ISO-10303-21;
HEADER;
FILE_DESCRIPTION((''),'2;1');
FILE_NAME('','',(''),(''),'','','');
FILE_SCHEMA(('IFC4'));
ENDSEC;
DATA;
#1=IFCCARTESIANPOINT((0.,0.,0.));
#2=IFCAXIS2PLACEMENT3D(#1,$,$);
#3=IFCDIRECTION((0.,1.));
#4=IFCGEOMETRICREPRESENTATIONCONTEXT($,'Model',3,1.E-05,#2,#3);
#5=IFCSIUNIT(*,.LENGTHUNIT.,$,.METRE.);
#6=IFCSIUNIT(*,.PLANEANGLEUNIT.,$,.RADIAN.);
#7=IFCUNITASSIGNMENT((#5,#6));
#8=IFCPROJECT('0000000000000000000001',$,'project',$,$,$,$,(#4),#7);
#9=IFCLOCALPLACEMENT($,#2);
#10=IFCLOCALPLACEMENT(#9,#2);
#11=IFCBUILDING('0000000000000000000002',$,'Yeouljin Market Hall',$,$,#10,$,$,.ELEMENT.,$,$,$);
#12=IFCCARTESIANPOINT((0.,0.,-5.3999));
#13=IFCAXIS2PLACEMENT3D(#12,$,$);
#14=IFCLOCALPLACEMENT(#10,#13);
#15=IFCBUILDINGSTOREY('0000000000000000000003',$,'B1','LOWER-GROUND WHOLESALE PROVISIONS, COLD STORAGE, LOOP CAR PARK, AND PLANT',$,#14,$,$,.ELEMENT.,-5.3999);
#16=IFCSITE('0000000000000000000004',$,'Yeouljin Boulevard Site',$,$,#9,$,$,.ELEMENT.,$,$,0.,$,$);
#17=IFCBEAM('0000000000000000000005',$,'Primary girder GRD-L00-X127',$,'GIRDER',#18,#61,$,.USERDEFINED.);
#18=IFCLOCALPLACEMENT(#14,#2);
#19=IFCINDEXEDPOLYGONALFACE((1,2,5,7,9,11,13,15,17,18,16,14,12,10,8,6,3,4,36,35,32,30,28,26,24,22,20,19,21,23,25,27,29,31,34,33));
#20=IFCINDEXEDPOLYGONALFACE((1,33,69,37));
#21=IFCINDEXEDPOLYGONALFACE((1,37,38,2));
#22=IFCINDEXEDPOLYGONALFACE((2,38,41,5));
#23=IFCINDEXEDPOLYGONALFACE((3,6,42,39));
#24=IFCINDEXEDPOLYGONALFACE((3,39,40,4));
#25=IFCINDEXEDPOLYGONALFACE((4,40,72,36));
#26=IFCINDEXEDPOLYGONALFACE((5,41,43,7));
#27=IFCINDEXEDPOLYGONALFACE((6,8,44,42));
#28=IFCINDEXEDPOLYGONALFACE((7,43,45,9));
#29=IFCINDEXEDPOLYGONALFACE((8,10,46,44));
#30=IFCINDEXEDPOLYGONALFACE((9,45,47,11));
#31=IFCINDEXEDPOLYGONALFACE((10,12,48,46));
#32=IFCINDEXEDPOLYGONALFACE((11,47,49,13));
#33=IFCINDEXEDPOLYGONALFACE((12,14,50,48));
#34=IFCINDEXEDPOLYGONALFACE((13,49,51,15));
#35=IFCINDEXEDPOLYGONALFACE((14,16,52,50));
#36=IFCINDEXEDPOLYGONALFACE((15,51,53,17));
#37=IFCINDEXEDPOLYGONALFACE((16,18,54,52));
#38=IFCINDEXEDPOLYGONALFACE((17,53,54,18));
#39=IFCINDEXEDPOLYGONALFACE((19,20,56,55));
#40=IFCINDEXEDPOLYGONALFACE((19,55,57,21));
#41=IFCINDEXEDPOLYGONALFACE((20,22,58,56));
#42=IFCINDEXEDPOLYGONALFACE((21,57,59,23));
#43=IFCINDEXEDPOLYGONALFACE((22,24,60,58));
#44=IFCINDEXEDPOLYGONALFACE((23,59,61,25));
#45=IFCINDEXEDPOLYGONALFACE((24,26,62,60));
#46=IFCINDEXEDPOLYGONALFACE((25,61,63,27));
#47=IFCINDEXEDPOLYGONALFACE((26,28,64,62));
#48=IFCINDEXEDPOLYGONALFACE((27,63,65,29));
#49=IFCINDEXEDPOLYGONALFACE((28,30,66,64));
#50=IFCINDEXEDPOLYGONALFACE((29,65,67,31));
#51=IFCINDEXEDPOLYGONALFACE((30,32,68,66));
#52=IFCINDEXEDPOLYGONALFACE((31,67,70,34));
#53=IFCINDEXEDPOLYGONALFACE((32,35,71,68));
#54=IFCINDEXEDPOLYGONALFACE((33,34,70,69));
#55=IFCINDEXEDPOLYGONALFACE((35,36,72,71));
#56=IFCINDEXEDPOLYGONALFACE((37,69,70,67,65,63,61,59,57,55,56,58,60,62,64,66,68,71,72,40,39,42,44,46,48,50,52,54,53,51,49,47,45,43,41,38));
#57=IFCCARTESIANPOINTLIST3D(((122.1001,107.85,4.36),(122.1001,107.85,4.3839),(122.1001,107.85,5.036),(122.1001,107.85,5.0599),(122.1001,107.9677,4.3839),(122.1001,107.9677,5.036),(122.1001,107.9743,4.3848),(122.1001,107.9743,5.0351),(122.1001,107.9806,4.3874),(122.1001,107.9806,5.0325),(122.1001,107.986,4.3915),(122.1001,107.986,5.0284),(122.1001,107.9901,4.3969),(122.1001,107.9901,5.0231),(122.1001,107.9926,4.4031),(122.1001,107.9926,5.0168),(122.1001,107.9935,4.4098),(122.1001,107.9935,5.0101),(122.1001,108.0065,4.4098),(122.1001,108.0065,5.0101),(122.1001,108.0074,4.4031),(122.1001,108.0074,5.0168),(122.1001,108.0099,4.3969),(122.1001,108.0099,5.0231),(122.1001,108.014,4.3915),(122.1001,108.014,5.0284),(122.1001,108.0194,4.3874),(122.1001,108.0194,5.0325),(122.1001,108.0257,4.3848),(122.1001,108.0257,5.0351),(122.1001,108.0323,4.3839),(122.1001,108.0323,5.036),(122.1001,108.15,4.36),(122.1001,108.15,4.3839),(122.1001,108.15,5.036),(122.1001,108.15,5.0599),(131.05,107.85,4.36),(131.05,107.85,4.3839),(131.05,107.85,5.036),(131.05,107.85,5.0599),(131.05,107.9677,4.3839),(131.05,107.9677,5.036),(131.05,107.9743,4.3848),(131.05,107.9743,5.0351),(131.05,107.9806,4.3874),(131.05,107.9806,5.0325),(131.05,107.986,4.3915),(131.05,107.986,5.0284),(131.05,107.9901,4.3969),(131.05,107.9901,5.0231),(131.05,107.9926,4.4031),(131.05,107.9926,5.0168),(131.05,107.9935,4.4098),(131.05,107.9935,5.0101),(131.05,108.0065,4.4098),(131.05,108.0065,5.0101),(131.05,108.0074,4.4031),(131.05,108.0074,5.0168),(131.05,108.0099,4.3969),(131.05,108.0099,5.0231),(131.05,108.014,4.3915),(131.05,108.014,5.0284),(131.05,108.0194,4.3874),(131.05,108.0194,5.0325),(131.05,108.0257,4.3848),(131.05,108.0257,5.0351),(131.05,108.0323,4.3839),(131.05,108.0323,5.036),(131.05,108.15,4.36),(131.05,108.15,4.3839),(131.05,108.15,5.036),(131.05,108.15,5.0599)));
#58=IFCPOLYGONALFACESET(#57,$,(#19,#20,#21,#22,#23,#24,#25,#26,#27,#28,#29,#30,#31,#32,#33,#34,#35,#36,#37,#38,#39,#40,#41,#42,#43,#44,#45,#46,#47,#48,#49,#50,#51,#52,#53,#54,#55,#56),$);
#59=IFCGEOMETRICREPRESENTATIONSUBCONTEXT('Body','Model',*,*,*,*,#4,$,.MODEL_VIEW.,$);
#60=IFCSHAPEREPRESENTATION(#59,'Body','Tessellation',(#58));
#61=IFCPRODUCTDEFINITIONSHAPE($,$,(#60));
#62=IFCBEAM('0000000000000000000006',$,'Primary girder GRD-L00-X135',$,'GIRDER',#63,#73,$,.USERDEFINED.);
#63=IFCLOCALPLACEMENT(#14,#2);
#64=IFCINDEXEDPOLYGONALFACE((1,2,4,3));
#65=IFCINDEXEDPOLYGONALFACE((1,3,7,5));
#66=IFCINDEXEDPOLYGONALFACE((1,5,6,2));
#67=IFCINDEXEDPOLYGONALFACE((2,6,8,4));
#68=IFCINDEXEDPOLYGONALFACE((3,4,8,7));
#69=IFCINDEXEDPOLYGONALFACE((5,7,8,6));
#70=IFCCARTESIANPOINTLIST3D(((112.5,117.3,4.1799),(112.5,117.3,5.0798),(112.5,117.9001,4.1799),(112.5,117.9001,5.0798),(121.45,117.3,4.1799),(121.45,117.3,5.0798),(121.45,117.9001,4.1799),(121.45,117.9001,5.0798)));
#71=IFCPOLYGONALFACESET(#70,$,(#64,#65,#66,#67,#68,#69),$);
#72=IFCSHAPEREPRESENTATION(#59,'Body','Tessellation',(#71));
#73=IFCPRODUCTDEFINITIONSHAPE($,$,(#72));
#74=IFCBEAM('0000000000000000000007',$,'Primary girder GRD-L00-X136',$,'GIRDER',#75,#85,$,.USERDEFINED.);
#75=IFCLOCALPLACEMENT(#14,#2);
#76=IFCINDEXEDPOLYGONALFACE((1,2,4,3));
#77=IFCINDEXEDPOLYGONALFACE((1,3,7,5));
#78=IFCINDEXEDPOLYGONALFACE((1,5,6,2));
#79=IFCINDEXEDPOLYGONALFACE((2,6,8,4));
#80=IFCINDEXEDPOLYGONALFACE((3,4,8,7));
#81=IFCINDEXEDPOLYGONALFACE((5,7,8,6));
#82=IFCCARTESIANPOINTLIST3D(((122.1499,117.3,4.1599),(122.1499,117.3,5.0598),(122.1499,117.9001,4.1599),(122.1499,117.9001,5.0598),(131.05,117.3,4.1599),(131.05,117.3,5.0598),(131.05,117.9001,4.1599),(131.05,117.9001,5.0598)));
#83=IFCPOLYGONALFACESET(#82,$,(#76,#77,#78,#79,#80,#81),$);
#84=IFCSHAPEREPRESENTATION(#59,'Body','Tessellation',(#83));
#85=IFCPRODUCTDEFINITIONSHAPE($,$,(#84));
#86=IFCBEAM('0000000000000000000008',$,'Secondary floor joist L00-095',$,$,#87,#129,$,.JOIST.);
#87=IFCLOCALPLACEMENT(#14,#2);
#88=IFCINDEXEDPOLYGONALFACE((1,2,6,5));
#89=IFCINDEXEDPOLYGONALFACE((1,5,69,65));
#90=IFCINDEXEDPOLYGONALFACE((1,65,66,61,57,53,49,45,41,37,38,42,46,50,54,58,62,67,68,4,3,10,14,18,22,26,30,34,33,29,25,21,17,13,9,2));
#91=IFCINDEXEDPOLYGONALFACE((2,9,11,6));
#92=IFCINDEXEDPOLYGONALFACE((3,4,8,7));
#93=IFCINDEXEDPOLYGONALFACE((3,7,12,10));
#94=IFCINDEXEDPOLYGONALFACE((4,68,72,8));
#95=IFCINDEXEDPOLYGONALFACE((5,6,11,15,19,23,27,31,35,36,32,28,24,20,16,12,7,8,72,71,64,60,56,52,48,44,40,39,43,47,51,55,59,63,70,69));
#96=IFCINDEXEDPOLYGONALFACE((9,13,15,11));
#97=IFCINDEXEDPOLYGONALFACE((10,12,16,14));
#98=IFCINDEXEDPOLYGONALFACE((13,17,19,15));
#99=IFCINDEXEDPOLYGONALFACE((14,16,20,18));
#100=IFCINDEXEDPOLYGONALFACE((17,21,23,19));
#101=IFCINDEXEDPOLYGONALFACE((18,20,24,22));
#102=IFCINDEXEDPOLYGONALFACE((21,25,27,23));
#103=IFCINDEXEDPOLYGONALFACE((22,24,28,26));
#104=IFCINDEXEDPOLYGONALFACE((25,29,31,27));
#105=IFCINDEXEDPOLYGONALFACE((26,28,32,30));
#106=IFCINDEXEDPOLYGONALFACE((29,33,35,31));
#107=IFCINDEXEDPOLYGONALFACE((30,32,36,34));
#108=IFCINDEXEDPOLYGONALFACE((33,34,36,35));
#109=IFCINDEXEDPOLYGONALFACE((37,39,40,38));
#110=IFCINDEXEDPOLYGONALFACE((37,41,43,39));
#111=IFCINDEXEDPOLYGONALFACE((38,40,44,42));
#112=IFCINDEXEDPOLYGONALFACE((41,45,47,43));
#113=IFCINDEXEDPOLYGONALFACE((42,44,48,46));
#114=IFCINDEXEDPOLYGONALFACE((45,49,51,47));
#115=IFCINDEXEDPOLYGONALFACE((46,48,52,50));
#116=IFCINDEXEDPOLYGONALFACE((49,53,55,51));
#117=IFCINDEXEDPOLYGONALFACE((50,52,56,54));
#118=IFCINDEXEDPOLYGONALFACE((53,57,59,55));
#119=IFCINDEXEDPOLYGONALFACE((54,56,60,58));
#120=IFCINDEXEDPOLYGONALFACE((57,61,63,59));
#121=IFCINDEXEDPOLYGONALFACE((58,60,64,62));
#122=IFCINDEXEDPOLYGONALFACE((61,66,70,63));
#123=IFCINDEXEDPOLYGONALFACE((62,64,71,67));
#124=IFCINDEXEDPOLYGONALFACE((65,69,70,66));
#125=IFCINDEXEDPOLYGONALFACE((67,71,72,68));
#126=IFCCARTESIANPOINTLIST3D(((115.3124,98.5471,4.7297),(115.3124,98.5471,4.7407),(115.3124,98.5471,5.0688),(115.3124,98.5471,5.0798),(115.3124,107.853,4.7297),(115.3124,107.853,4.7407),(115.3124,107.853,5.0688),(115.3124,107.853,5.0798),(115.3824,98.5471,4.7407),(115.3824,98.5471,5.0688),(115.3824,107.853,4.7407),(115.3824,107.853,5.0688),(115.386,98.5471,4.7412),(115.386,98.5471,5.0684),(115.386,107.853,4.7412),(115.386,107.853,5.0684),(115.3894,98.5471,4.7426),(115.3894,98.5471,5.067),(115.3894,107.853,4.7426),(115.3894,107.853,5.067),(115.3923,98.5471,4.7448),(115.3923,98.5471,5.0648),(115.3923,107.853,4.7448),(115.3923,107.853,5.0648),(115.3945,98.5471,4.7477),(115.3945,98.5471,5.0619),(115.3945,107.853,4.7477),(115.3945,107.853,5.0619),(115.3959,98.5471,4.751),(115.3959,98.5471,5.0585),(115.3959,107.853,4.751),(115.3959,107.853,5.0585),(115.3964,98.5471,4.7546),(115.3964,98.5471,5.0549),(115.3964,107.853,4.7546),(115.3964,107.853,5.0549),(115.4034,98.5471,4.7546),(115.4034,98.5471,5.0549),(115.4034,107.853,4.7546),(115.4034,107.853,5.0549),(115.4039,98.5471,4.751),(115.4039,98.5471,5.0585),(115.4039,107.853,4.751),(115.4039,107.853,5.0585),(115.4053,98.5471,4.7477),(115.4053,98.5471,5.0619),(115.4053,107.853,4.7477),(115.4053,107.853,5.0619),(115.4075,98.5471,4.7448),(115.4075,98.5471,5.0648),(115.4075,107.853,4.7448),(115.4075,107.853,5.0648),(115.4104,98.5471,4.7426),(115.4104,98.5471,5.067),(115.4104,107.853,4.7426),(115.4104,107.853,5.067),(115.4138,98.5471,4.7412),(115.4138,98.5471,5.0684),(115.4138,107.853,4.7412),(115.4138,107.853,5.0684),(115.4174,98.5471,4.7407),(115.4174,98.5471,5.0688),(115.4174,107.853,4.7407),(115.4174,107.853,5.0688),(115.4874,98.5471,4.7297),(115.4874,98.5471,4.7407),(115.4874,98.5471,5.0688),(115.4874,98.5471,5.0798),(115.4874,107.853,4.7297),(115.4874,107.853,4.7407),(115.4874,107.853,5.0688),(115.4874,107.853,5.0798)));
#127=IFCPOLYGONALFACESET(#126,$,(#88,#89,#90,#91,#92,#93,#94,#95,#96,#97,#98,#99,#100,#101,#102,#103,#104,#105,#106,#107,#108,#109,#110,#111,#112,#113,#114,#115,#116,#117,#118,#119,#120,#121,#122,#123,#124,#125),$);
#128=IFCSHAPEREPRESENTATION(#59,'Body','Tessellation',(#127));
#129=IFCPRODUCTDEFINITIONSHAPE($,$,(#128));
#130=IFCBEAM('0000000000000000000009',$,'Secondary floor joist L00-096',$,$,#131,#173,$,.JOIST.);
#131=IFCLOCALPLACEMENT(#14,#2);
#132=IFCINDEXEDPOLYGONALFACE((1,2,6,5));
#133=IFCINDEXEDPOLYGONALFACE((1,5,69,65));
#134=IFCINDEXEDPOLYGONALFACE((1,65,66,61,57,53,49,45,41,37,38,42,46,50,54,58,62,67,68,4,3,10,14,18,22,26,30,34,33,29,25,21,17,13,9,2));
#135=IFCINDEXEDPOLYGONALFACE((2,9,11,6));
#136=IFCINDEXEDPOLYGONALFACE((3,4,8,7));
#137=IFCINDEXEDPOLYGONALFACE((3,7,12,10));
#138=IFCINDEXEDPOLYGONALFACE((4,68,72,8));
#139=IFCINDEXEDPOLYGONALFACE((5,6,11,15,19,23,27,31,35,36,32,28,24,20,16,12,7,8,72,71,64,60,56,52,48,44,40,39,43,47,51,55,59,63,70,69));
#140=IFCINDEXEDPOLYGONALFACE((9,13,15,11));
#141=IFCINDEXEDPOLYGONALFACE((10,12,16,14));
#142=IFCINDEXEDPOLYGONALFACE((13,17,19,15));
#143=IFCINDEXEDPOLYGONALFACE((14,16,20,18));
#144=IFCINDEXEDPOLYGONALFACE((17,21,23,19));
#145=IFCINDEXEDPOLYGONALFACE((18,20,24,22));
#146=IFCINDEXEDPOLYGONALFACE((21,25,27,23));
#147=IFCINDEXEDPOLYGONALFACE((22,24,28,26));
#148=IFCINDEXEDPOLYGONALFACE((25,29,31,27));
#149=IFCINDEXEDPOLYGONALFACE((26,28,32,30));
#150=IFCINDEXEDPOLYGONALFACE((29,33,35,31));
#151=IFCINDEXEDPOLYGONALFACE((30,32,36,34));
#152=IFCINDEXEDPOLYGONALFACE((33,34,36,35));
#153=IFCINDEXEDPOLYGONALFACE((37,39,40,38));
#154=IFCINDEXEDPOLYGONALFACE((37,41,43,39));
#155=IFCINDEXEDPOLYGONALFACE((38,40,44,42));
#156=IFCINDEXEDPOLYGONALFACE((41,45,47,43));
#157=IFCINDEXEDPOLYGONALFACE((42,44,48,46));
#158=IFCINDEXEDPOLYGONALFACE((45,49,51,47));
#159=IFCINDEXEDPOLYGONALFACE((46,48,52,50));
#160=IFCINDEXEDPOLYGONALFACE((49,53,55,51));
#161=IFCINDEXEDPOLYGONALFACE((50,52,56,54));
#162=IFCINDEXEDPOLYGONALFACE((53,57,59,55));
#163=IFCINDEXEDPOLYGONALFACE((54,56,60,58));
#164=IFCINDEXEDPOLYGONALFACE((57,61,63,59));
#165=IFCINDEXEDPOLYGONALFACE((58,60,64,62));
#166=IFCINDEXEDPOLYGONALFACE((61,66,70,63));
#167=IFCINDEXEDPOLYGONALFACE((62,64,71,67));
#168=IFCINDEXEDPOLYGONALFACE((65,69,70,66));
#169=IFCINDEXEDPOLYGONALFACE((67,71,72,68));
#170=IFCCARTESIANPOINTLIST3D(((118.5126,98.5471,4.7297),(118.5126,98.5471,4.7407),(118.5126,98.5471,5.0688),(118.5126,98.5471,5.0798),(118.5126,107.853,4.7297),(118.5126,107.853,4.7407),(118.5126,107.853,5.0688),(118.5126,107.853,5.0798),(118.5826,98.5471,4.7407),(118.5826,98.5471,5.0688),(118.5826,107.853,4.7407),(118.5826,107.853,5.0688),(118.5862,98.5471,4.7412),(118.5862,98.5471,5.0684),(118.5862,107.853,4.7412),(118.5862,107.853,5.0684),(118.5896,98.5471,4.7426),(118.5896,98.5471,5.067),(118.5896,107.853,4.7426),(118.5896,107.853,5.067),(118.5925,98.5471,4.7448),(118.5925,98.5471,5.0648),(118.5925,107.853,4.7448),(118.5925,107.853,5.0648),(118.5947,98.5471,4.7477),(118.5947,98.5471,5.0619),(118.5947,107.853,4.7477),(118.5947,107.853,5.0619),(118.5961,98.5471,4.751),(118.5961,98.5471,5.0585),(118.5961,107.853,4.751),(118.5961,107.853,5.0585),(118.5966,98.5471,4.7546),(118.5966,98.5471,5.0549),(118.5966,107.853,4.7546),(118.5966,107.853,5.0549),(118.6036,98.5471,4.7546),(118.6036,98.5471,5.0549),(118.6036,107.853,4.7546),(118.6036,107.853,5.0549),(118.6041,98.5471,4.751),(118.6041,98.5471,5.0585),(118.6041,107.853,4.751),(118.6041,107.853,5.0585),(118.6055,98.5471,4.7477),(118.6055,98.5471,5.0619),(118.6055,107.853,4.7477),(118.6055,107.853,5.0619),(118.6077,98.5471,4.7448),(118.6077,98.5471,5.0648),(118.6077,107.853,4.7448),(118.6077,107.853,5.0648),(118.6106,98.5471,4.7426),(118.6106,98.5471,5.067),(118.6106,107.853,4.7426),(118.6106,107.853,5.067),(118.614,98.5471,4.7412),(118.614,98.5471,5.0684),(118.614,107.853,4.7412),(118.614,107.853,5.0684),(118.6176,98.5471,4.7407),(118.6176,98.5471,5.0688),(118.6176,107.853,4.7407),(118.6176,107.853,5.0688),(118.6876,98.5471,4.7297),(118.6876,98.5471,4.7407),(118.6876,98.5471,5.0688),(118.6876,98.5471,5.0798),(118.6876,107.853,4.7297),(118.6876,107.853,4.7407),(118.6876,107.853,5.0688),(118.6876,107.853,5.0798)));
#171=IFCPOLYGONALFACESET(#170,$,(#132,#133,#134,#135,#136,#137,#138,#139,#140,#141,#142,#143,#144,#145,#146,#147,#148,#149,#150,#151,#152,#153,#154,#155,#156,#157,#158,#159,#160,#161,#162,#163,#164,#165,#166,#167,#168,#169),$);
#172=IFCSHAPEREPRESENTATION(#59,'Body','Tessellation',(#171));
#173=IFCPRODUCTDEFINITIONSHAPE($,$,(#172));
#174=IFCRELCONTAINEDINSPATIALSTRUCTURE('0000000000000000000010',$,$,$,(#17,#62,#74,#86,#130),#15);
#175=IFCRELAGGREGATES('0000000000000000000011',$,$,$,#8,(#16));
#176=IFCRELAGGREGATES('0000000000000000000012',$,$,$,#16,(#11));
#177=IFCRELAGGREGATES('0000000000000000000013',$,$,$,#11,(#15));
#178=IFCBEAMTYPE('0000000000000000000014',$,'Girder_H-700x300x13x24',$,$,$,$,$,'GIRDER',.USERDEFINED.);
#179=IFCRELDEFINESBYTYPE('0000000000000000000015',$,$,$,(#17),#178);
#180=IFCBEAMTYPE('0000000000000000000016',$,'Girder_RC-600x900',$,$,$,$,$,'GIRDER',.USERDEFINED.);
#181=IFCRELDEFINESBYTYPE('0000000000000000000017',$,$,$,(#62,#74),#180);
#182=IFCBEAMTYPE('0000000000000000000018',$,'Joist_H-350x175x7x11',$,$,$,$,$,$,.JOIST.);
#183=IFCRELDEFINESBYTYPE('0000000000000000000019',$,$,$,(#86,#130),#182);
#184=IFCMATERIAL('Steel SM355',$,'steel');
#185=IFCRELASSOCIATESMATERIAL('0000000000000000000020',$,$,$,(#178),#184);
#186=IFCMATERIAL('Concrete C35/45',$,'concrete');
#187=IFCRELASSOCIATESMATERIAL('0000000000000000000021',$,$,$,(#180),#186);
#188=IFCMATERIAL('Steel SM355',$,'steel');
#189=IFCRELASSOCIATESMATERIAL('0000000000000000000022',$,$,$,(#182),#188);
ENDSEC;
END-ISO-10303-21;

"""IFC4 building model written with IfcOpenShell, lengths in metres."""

from ifc_helpers import new_model, si_unit, direction, frame, origin, origin_2d, place, context, subcontext, project, spatial, rectangle, i_section, extrude, material, material_profile, profile_set, type_object, element, save


model = new_model("IFC4")

# Units and contexts
model_context = context("Model", 3, precision=1e-05, world=origin(), true_north=direction((0.0, 1.0)))
body_context = subcontext(model_context, "Body", "Model", "MODEL_VIEW")
ifc_project = project(units=[si_unit("LENGTHUNIT", "METRE"), si_unit("PLANEANGLEUNIT", "RADIAN")], contexts=[model_context])

# Site, building, storey
site_placement = place(None, origin())
site = spatial("IfcSite", under=ifc_project, at=site_placement, Name="Yeouljin Boulevard Site", CompositionType="ELEMENT", RefElevation=0.0)
building_placement = place(site_placement, origin())
building = spatial("IfcBuilding", under=site, at=building_placement, Name="Yeouljin Market Hall", CompositionType="ELEMENT")
storey_placement = place(building_placement, frame((0.0, 0.0, -5.3999)))
storey = spatial("IfcBuildingStorey", under=building, at=storey_placement, Name="B1", Description="LOWER-GROUND WHOLESALE PROVISIONS, COLD STORAGE, LOOP CAR PARK, AND PLANT", CompositionType="ELEMENT", Elevation=-5.3999)

# Beams
ifc_material_1 = material(Name="Steel SM355", Category="steel")
ifc_material_profile_1 = material_profile(ifc_material_1, i_section(OverallWidth=0.3, OverallDepth=0.7, WebThickness=0.0129, FlangeThickness=0.0239, FilletRadius=0.0259, at=origin_2d()), Name="H-700x300x13x24")
ifc_profile_set_1 = profile_set([ifc_material_profile_1], Name="Steel SM355")
beam_type_1 = type_object("IfcBeamType", Name="Girder_H-700x300x13x24", ElementType="GIRDER", PredefinedType="USERDEFINED", material=ifc_profile_set_1)
beam_1_placement = place(storey_placement, frame((122.1001, 108.0, 4.71), z_axis=(1.0, 0.0, 0.0), x_axis=(0.0, 1.0, 0.0)))
element("IfcBeam", 1, at=beam_1_placement, inside=storey, type_object=beam_type_1, Name="Primary girder GRD-L00-X127", ObjectType="GIRDER", PredefinedType="USERDEFINED", context=body_context, shape_type="SweptSolid", body=[
    extrude(i_section(OverallWidth=0.3, OverallDepth=0.7, WebThickness=0.0129, FlangeThickness=0.0239, FilletRadius=0.0259, at=origin_2d()), origin(), (0.0, 0.0, 1.0), 8.95),
])
ifc_material_2 = material(Name="Concrete C35/45", Category="concrete")
ifc_material_profile_2 = material_profile(ifc_material_2, rectangle(XDim=0.6001, YDim=0.8999, at=origin_2d()), Name="RC-600x900")
ifc_profile_set_2 = profile_set([ifc_material_profile_2], Name="Concrete C35/45")
beam_type_2 = type_object("IfcBeamType", Name="Girder_RC-600x900", ElementType="GIRDER", PredefinedType="USERDEFINED", material=ifc_profile_set_2)
beam_2_placement = place(storey_placement, frame((112.5, 117.6001, 4.6299), z_axis=(1.0, 0.0, 0.0), x_axis=(0.0, 1.0, 0.0)))
element("IfcBeam", 2, at=beam_2_placement, inside=storey, type_object=beam_type_2, Name="Primary girder GRD-L00-X135", ObjectType="GIRDER", PredefinedType="USERDEFINED", context=body_context, shape_type="SweptSolid", body=[
    extrude(rectangle(XDim=0.6001, YDim=0.8999, at=origin_2d()), origin(), (0.0, 0.0, 1.0), 8.95),
])
beam_3_placement = place(storey_placement, frame((122.1499, 117.6001, 4.6099), z_axis=(1.0, 0.0, 0.0), x_axis=(0.0, 1.0, 0.0)))
element("IfcBeam", 3, at=beam_3_placement, inside=storey, type_object=beam_type_2, Name="Primary girder GRD-L00-X136", ObjectType="GIRDER", PredefinedType="USERDEFINED", context=body_context, shape_type="SweptSolid", body=[
    extrude(rectangle(XDim=0.6001, YDim=0.8999, at=origin_2d()), origin(), (0.0, 0.0, 1.0), 8.9001),
])
ifc_material_3 = material(Name="Steel SM355", Category="steel")
ifc_material_profile_3 = material_profile(ifc_material_3, i_section(OverallWidth=0.175, OverallDepth=0.3501, WebThickness=0.0071, FlangeThickness=0.011, FilletRadius=0.0139, at=origin_2d()), Name="H-350x175x7x11")
ifc_profile_set_3 = profile_set([ifc_material_profile_3], Name="Steel SM355")
beam_type_3 = type_object("IfcBeamType", Name="Joist_H-350x175x7x11", PredefinedType="JOIST", material=ifc_profile_set_3)
for number, where, z_axis, x_axis, name in (
    (4, (115.3999, 98.5471, 4.9048), (0.0, 1.0, 0.0), (-1.0, 0.0, 0.0), "Secondary floor joist L00-095"),
    (5, (118.6001, 98.5471, 4.9048), (0.0, 1.0, 0.0), (-1.0, 0.0, 0.0), "Secondary floor joist L00-096"),
):
    element("IfcBeam", number, at=place(storey_placement, frame(where, z_axis=z_axis, x_axis=x_axis)), inside=storey, type_object=beam_type_3, Name=name, PredefinedType="JOIST", context=body_context, shape_type="SweptSolid", body=[
        extrude(i_section(OverallWidth=0.175, OverallDepth=0.3501, WebThickness=0.0071, FlangeThickness=0.011, FilletRadius=0.0139, at=origin_2d()), origin(), (0.0, 0.0, 1.0), 9.3059),
    ])

save(model, "model.ifc")
